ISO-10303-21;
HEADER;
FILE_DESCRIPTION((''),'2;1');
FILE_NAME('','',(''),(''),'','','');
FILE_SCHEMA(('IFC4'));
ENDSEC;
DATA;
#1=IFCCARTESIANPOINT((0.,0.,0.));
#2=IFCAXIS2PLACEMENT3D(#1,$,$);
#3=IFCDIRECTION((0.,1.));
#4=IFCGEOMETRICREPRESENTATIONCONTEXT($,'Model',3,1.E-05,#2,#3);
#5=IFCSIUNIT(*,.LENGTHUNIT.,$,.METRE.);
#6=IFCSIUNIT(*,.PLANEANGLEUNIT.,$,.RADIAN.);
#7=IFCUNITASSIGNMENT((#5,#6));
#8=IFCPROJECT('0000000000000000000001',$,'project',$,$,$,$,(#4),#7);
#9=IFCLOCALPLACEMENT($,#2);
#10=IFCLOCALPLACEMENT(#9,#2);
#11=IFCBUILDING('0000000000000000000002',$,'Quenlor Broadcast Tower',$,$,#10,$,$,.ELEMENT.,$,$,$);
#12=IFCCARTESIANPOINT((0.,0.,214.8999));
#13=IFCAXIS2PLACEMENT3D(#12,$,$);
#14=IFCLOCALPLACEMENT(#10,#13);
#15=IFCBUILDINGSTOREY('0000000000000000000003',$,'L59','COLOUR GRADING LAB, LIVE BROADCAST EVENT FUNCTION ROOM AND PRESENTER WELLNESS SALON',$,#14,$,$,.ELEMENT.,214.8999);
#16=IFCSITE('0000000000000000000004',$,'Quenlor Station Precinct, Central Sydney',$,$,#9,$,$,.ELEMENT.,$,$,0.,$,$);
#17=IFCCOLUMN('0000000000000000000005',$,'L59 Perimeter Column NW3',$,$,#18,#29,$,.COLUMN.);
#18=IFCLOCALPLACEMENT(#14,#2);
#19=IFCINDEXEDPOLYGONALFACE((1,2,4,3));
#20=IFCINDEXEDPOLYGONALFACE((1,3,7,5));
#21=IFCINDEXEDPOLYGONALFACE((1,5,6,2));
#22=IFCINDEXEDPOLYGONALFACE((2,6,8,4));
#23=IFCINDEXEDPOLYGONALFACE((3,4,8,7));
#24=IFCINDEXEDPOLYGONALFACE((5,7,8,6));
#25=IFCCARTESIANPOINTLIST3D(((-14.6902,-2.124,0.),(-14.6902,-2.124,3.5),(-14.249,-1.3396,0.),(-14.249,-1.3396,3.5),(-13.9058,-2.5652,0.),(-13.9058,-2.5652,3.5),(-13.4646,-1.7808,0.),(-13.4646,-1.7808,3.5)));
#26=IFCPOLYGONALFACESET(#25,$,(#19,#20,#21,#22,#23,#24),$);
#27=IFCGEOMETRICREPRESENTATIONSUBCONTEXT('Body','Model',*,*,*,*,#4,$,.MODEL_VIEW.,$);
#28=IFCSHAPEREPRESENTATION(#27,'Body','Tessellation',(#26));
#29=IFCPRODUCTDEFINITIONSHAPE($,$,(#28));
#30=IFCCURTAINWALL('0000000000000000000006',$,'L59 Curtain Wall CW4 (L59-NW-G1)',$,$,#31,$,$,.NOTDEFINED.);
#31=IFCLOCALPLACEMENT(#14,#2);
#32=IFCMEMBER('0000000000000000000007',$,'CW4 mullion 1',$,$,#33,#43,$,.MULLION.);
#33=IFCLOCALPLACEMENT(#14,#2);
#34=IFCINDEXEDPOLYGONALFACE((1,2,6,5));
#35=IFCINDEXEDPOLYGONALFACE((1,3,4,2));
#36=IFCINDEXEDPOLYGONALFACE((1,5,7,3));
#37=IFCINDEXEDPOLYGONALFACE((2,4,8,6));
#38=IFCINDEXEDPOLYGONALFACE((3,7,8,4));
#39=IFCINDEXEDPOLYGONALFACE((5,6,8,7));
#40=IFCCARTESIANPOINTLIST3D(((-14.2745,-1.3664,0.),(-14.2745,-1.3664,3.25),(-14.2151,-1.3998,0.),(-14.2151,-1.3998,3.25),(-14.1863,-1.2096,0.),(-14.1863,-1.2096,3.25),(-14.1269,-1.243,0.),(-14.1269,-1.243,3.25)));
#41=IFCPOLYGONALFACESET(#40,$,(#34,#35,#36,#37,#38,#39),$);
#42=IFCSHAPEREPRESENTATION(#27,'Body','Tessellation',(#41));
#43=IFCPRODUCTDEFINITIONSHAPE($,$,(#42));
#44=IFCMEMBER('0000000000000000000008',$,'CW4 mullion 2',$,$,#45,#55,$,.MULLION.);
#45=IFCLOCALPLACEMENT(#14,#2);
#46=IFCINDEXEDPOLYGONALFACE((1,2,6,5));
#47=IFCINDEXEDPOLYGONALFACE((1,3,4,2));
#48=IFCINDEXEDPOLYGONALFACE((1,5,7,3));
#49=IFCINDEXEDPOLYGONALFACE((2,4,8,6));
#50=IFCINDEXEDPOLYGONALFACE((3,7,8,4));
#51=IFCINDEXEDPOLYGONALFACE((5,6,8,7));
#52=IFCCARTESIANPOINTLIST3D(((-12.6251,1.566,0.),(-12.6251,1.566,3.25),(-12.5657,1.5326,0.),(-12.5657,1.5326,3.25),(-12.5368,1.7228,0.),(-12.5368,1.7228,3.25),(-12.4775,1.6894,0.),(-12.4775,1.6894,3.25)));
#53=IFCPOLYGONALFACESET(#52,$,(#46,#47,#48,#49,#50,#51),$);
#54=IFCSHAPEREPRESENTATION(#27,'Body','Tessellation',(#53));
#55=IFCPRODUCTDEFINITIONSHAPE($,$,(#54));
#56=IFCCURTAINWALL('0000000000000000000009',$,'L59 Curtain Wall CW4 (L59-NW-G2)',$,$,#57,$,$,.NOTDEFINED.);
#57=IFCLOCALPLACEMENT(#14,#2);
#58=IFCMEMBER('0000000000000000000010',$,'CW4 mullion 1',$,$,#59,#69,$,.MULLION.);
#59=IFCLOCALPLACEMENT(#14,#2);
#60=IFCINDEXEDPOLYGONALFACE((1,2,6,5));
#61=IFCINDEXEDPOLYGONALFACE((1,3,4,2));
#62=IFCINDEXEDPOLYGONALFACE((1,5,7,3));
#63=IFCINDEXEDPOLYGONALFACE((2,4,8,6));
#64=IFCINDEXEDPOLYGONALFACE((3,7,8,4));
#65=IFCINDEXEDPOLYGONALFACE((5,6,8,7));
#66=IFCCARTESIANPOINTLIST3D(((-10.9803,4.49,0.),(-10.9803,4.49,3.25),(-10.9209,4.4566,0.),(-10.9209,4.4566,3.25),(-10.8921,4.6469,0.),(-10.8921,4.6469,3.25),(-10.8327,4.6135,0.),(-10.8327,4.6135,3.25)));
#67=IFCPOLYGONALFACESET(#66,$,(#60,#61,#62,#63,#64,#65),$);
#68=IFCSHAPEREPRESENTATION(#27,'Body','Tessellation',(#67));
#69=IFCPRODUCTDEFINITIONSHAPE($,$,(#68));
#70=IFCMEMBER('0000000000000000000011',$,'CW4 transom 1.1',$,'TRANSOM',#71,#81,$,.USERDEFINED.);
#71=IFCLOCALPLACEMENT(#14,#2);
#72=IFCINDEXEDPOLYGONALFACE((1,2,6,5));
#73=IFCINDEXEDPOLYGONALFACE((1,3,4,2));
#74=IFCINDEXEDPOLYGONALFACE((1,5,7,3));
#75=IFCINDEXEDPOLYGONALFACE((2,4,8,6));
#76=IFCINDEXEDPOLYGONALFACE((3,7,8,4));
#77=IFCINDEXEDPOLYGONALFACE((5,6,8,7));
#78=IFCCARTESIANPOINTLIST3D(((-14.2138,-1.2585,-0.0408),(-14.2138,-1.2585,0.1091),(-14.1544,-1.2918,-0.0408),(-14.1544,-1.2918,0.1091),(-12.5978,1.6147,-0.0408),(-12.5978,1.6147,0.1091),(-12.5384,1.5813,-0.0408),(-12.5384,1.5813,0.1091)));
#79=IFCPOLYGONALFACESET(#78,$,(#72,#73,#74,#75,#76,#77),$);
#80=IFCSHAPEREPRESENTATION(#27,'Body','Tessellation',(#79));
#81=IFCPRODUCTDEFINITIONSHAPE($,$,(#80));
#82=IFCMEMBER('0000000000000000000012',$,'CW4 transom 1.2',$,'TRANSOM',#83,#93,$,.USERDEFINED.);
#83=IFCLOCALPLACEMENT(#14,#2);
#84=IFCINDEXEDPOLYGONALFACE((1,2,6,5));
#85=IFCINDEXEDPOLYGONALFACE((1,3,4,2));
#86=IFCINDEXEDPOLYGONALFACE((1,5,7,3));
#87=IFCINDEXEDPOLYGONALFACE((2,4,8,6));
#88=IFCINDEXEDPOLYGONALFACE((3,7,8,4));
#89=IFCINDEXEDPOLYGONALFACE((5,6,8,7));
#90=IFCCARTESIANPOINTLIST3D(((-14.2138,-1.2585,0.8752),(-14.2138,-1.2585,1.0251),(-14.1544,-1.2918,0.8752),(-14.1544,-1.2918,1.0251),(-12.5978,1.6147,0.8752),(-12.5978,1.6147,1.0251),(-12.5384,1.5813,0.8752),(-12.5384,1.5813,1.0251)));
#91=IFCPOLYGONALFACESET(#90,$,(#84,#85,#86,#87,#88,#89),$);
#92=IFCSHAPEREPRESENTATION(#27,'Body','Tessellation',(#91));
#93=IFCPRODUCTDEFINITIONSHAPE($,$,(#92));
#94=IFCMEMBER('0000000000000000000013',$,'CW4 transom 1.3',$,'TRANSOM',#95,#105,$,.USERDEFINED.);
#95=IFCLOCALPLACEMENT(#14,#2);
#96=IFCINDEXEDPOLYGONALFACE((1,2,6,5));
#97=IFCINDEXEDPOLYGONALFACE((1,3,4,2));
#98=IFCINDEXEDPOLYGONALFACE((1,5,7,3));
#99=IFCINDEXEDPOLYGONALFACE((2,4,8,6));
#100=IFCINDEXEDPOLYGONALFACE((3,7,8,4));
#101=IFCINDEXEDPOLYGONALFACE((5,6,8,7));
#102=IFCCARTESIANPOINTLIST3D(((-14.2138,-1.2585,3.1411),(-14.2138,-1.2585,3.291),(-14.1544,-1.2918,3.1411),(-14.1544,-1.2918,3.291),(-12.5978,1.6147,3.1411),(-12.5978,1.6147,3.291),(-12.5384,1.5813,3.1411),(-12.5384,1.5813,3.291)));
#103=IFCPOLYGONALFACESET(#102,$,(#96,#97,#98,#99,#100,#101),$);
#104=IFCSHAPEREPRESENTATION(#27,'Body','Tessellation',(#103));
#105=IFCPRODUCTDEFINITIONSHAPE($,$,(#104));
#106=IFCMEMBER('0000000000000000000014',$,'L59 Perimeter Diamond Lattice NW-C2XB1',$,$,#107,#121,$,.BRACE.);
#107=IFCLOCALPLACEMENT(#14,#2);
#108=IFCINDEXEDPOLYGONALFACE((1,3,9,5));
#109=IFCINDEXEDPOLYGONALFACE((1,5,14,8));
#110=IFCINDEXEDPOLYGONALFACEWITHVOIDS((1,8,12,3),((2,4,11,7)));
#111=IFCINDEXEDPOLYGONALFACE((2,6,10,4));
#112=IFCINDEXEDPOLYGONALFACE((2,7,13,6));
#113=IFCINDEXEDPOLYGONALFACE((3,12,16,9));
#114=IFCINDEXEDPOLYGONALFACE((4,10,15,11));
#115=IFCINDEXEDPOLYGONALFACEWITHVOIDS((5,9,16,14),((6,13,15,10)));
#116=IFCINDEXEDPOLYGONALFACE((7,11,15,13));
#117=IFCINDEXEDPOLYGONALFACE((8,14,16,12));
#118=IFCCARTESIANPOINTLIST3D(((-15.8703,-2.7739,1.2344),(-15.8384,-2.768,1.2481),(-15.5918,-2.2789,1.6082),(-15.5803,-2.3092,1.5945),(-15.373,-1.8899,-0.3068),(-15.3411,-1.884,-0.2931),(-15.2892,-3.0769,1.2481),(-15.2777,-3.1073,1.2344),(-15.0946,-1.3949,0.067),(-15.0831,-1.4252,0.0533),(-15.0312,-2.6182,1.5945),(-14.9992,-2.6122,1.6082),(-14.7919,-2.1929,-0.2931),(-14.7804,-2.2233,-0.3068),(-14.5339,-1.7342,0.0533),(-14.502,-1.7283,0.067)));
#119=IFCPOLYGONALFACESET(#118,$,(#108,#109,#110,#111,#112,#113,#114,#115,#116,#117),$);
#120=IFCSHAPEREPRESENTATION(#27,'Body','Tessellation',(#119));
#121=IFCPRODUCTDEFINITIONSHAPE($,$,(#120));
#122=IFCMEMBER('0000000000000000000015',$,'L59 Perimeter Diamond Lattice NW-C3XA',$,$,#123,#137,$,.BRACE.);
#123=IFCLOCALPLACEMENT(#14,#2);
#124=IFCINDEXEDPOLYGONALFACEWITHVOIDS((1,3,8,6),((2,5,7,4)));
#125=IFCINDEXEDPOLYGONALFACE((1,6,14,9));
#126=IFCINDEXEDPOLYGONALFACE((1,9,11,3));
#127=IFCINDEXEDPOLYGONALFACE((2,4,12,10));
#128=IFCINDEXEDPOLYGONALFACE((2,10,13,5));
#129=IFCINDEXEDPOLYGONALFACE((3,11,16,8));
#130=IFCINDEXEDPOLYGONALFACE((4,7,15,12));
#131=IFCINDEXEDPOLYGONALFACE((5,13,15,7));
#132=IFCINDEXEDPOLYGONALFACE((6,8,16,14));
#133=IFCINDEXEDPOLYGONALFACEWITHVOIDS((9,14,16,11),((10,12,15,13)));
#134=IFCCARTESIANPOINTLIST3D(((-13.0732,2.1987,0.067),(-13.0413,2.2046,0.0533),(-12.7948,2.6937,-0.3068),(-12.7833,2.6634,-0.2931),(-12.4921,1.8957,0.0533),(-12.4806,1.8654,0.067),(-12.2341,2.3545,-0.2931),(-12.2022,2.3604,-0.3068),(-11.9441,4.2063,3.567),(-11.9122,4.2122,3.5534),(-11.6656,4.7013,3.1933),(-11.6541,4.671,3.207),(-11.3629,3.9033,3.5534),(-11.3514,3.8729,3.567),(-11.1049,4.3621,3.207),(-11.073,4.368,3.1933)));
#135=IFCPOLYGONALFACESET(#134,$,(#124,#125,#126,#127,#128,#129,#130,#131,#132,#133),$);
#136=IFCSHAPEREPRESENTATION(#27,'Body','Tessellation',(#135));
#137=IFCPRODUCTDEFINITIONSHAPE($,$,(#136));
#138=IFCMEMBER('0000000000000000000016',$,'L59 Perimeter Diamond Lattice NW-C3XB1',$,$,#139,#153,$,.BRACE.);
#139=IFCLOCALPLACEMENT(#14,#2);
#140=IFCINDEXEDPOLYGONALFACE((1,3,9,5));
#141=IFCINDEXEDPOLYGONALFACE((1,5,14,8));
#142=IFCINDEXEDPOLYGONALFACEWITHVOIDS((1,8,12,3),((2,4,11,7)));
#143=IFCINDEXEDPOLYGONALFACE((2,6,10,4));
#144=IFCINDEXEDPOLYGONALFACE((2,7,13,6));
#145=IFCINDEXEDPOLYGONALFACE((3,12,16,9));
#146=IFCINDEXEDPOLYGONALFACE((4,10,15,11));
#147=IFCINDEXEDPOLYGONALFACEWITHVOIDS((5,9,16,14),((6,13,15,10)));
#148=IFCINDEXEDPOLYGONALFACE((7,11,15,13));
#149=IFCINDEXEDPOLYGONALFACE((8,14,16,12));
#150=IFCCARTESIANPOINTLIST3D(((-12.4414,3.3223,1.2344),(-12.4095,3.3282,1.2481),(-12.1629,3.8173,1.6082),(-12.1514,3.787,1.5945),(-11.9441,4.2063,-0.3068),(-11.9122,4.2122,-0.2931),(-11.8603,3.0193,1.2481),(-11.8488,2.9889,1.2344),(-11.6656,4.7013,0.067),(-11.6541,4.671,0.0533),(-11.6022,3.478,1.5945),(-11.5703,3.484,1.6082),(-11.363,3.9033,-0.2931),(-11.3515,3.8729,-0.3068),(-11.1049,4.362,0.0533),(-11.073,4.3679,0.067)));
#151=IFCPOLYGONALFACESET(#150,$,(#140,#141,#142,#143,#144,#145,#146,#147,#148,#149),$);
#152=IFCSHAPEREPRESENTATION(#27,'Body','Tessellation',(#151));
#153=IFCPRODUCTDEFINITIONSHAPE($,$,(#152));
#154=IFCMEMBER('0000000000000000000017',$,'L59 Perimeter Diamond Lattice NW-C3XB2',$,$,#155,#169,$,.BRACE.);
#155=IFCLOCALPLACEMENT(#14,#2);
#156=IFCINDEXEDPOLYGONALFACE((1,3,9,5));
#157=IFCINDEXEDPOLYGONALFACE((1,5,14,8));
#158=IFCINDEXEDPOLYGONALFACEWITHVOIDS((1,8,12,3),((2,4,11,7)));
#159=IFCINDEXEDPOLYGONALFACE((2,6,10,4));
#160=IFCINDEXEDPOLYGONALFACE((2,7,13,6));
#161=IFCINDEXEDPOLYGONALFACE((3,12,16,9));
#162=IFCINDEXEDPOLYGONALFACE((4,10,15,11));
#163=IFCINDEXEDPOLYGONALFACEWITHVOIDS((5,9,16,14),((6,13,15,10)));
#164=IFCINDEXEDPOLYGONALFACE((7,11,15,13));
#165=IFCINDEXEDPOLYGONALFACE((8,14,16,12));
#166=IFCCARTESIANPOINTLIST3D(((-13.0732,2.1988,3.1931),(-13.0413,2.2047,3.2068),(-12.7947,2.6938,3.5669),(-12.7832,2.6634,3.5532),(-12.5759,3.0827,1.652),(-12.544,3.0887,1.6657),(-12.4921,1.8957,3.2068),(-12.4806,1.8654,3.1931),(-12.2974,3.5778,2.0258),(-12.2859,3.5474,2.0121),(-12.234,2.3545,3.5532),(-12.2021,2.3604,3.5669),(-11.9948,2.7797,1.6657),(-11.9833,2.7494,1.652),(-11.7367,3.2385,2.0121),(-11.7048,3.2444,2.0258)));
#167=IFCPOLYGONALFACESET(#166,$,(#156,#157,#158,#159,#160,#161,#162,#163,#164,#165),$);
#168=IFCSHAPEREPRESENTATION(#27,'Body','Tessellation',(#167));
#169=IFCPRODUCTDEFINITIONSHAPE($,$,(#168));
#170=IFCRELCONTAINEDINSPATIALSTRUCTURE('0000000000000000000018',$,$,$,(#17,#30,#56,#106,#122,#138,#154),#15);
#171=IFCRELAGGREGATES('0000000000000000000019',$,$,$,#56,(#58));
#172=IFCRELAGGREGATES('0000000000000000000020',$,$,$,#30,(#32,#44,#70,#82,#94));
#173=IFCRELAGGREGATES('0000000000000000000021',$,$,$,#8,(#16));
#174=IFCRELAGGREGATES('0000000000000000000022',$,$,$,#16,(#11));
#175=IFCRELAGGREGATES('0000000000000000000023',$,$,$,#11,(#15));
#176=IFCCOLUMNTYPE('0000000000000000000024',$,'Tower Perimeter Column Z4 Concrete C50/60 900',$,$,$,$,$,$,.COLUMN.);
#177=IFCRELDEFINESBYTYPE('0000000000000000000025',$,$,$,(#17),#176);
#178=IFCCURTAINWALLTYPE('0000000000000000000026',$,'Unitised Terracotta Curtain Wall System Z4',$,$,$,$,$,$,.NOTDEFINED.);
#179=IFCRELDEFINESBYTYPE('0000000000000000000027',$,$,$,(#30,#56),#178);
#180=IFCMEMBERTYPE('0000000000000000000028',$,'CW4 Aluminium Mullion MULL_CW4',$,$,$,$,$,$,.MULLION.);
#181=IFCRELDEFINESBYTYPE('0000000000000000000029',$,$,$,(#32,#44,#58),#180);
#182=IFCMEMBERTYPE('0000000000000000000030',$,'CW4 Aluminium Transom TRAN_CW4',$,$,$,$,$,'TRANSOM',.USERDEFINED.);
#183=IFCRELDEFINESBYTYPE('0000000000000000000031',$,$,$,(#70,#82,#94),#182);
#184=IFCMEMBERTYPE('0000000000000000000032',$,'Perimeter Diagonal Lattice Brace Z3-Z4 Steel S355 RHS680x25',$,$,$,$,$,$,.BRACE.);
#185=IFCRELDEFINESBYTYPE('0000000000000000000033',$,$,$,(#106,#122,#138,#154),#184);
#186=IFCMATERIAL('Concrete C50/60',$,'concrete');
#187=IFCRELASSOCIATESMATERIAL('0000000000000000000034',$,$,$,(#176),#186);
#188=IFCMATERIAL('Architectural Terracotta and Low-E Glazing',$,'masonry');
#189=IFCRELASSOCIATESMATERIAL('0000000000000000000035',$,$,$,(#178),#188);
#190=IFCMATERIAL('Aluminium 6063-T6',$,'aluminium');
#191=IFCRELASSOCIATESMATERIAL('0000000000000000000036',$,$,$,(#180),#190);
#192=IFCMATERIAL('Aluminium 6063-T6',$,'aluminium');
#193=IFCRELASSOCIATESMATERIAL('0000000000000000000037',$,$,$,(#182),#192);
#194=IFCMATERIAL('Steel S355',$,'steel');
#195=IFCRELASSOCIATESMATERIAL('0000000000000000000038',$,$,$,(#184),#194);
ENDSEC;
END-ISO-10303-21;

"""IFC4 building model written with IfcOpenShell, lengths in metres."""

from ifc_helpers import new_model, si_unit, direction, frame, origin, origin_2d, place, context, subcontext, project, spatial, rectangle, hollow_rectangle, extrude, material, material_profile, profile_set, type_object, element, aggregate, save


model = new_model("IFC4")

# Units and contexts
model_context = context("Model", 3, precision=1e-05, world=origin(), true_north=direction((0.0, 1.0)))
body_context = subcontext(model_context, "Body", "Model", "MODEL_VIEW")
ifc_project = project(units=[si_unit("LENGTHUNIT", "METRE"), si_unit("PLANEANGLEUNIT", "RADIAN")], contexts=[model_context])

# Site, building, storey
site_placement = place(None, origin())
site = spatial("IfcSite", under=ifc_project, at=site_placement, Name="Quenlor Station Precinct, Central Sydney", CompositionType="ELEMENT", RefElevation=0.0)
building_placement = place(site_placement, origin())
building = spatial("IfcBuilding", under=site, at=building_placement, Name="Quenlor Broadcast Tower", CompositionType="ELEMENT")
storey_placement = place(building_placement, frame((0.0, 0.0, 214.8999)))
storey = spatial("IfcBuildingStorey", under=building, at=storey_placement, Name="L59", Description="COLOUR GRADING LAB, LIVE BROADCAST EVENT FUNCTION ROOM AND PRESENTER WELLNESS SALON", CompositionType="ELEMENT", Elevation=214.8999)

# Column
ifc_material_1 = material(Name="Concrete C50/60", Category="concrete")
ifc_material_profile_1 = material_profile(ifc_material_1, rectangle(XDim=0.8999, YDim=0.8999, at=origin_2d()))
ifc_profile_set_1 = profile_set([ifc_material_profile_1], Name="Concrete C50/60 RC900x900")
column_type = type_object("IfcColumnType", Name="Tower Perimeter Column Z4 Concrete C50/60 900", PredefinedType="COLUMN", material=ifc_profile_set_1)
column_placement = place(storey_placement, frame((-14.0774, -1.9524, 0.0), z_axis=(0.0, 0.0, 1.0), x_axis=(-0.871575, 0.490262, 0.0)))
element("IfcColumn", 1, at=column_placement, inside=storey, type_object=column_type, Name="L59 Perimeter Column NW3", PredefinedType="COLUMN", context=body_context, shape_type="SweptSolid", body=[
    extrude(rectangle(XDim=0.8999, YDim=0.8999, at=origin_2d()), origin(), (0.0, 0.0, 1.0), 3.5),
])

# Curtain wall, members
ifc_material_2 = material(Name="Architectural Terracotta and Low-E Glazing", Category="masonry")
curtain_wall_type = type_object("IfcCurtainWallType", Name="Unitised Terracotta Curtain Wall System Z4", PredefinedType="NOTDEFINED", material=ifc_material_2)
curtain_wall_1_placement = place(storey_placement, origin())
curtain_wall_1 = element("IfcCurtainWall", 2, at=curtain_wall_1_placement, inside=storey, type_object=curtain_wall_type, Name="L59 Curtain Wall CW4 (L59-NW-G1)", PredefinedType="NOTDEFINED")
ifc_material_3 = material(Name="Aluminium 6063-T6", Category="aluminium")
ifc_material_profile_2 = material_profile(ifc_material_3, rectangle(XDim=0.0681, YDim=0.1799, at=origin_2d()))
ifc_profile_set_2 = profile_set([ifc_material_profile_2], Name="Aluminium 6063-T6 MULL68x180")
member_type_1 = type_object("IfcMemberType", Name="CW4 Aluminium Mullion MULL_CW4", PredefinedType="MULLION", material=ifc_profile_set_2)
member_1_placement = place(storey_placement, frame((-14.2007, -1.3047, 0.0), z_axis=(0.0, 0.0, 1.0), x_axis=(-0.871578, 0.490257, 0.0)))
member_1 = element("IfcMember", 3, at=member_1_placement, type_object=member_type_1, Name="CW4 mullion 1", PredefinedType="MULLION", context=body_context, shape_type="SweptSolid", body=[
    extrude(rectangle(XDim=0.0681, YDim=0.1799, at=origin_2d()), origin(), (0.0, 0.0, 1.0), 3.25),
])
member_2_placement = place(storey_placement, frame((-12.5513, 1.6277, 0.0), z_axis=(0.0, 0.0, 1.0), x_axis=(-0.871578, 0.490257, 0.0)))
member_2 = element("IfcMember", 4, at=member_2_placement, type_object=member_type_1, Name="CW4 mullion 2", PredefinedType="MULLION", context=body_context, shape_type="SweptSolid", body=[
    extrude(rectangle(XDim=0.0681, YDim=0.1799, at=origin_2d()), origin(), (0.0, 0.0, 1.0), 3.25),
])

# Curtain wall, member
curtain_wall_2_placement = place(storey_placement, origin())
curtain_wall_2 = element("IfcCurtainWall", 5, at=curtain_wall_2_placement, inside=storey, type_object=curtain_wall_type, Name="L59 Curtain Wall CW4 (L59-NW-G2)", PredefinedType="NOTDEFINED")
member_3_placement = place(storey_placement, frame((-10.9065, 4.5518, 0.0), z_axis=(0.0, 0.0, 1.0), x_axis=(-0.871578, 0.490257, 0.0)))
member_3 = element("IfcMember", 6, at=member_3_placement, type_object=member_type_1, Name="CW4 mullion 1", PredefinedType="MULLION", context=body_context, shape_type="SweptSolid", body=[
    extrude(rectangle(XDim=0.0681, YDim=0.1799, at=origin_2d()), origin(), (0.0, 0.0, 1.0), 3.25),
])
aggregate(curtain_wall_2, [member_3])

# Members
ifc_material_4 = material(Name="Aluminium 6063-T6", Category="aluminium")
ifc_material_profile_3 = material_profile(ifc_material_4, rectangle(XDim=0.0681, YDim=0.1499, at=origin_2d()))
ifc_profile_set_3 = profile_set([ifc_material_profile_3], Name="Aluminium 6063-T6 TRAN68x150")
member_type_2 = type_object("IfcMemberType", Name="CW4 Aluminium Transom TRAN_CW4", ElementType="TRANSOM", PredefinedType="USERDEFINED", material=ifc_profile_set_3)
member_4_placement = place(storey_placement, frame((-14.1841, -1.2751, 0.0342), z_axis=(0.490233, 0.871591, 0.0), x_axis=(-0.871591, 0.490233, 0.0)))
member_4 = element("IfcMember", 7, at=member_4_placement, type_object=member_type_2, Name="CW4 transom 1.1", ObjectType="TRANSOM", PredefinedType="USERDEFINED", context=body_context, shape_type="SweptSolid", body=[
    extrude(rectangle(XDim=0.0681, YDim=0.1499, at=origin_2d()), origin(), (0.0, 0.0, 1.0), 3.2964),
])
member_5_placement = place(storey_placement, frame((-14.1841, -1.2751, 0.9502), z_axis=(0.490233, 0.871591, 0.0), x_axis=(-0.871591, 0.490233, 0.0)))
member_5 = element("IfcMember", 8, at=member_5_placement, type_object=member_type_2, Name="CW4 transom 1.2", ObjectType="TRANSOM", PredefinedType="USERDEFINED", context=body_context, shape_type="SweptSolid", body=[
    extrude(rectangle(XDim=0.0681, YDim=0.1499, at=origin_2d()), origin(), (0.0, 0.0, 1.0), 3.2964),
])
member_6_placement = place(storey_placement, frame((-14.1841, -1.2751, 3.2161), z_axis=(0.490233, 0.871591, 0.0), x_axis=(-0.871591, 0.490233, 0.0)))
member_6 = element("IfcMember", 9, at=member_6_placement, type_object=member_type_2, Name="CW4 transom 1.3", ObjectType="TRANSOM", PredefinedType="USERDEFINED", context=body_context, shape_type="SweptSolid", body=[
    extrude(rectangle(XDim=0.0681, YDim=0.1499, at=origin_2d()), origin(), (0.0, 0.0, 1.0), 3.2964),
])

# Members
ifc_material_5 = material(Name="Steel S355", Category="steel")
ifc_material_profile_4 = material_profile(ifc_material_5, hollow_rectangle(XDim=0.6799, YDim=0.6799, WallThickness=0.0249, at=origin_2d()))
ifc_profile_set_4 = profile_set([ifc_material_profile_4], Name="Steel S355 RHS680x680x25")
member_type_3 = type_object("IfcMemberType", Name="Perimeter Diagonal Lattice Brace Z3-Z4 Steel S355 RHS680x25", PredefinedType="BRACE", material=ifc_profile_set_4)
member_7_placement = place(storey_placement, frame((-14.9375, -1.8091, -0.1199), z_axis=(-0.269536, -0.47913, 0.835335), x_axis=(0.871556, -0.490296, 0.0)))
element("IfcMember", 10, at=member_7_placement, inside=storey, type_object=member_type_3, Name="L59 Perimeter Diamond Lattice NW-C2XB1", PredefinedType="BRACE", context=body_context, shape_type="SweptSolid", body=[
    extrude(hollow_rectangle(XDim=0.6799, YDim=0.6799, WallThickness=0.0249, at=origin_2d()), origin(), (0.0, 0.0, 1.0), 1.845),
])
member_8_placement = place(storey_placement, frame((-12.6377, 2.2795, -0.1199), z_axis=(0.269493, 0.479144, 0.835341), x_axis=(-0.871595, 0.490226, 0.0)))
element("IfcMember", 11, at=member_8_placement, inside=storey, type_object=member_type_3, Name="L59 Perimeter Diamond Lattice NW-C3XA", PredefinedType="BRACE", context=body_context, shape_type="SweptSolid", body=[
    extrude(hollow_rectangle(XDim=0.6799, YDim=0.6799, WallThickness=0.0249, at=origin_2d()), origin(), (0.0, 0.0, 1.0), 4.1899),
])
for number, where, z_axis, x_axis, name in (
    (12, (-11.5085, 4.2871, -0.1199), (-0.269536, -0.47913, 0.835335), (0.871556, -0.490296, 0.0), "L59 Perimeter Diamond Lattice NW-C3XB1"),
    (13, (-12.1404, 3.1636, 1.8389), (-0.269536, -0.47913, 0.835335), (0.871556, -0.490296, 0.0), "L59 Perimeter Diamond Lattice NW-C3XB2"),
):
    element("IfcMember", number, at=place(storey_placement, frame(where, z_axis=z_axis, x_axis=x_axis)), inside=storey, type_object=member_type_3, Name=name, PredefinedType="BRACE", context=body_context, shape_type="SweptSolid", body=[
        extrude(hollow_rectangle(XDim=0.6799, YDim=0.6799, WallThickness=0.0249, at=origin_2d()), origin(), (0.0, 0.0, 1.0), 1.845),
    ])

aggregate(curtain_wall_1, [member_1, member_2, member_4, member_5, member_6])

save(model, "model.ifc")
